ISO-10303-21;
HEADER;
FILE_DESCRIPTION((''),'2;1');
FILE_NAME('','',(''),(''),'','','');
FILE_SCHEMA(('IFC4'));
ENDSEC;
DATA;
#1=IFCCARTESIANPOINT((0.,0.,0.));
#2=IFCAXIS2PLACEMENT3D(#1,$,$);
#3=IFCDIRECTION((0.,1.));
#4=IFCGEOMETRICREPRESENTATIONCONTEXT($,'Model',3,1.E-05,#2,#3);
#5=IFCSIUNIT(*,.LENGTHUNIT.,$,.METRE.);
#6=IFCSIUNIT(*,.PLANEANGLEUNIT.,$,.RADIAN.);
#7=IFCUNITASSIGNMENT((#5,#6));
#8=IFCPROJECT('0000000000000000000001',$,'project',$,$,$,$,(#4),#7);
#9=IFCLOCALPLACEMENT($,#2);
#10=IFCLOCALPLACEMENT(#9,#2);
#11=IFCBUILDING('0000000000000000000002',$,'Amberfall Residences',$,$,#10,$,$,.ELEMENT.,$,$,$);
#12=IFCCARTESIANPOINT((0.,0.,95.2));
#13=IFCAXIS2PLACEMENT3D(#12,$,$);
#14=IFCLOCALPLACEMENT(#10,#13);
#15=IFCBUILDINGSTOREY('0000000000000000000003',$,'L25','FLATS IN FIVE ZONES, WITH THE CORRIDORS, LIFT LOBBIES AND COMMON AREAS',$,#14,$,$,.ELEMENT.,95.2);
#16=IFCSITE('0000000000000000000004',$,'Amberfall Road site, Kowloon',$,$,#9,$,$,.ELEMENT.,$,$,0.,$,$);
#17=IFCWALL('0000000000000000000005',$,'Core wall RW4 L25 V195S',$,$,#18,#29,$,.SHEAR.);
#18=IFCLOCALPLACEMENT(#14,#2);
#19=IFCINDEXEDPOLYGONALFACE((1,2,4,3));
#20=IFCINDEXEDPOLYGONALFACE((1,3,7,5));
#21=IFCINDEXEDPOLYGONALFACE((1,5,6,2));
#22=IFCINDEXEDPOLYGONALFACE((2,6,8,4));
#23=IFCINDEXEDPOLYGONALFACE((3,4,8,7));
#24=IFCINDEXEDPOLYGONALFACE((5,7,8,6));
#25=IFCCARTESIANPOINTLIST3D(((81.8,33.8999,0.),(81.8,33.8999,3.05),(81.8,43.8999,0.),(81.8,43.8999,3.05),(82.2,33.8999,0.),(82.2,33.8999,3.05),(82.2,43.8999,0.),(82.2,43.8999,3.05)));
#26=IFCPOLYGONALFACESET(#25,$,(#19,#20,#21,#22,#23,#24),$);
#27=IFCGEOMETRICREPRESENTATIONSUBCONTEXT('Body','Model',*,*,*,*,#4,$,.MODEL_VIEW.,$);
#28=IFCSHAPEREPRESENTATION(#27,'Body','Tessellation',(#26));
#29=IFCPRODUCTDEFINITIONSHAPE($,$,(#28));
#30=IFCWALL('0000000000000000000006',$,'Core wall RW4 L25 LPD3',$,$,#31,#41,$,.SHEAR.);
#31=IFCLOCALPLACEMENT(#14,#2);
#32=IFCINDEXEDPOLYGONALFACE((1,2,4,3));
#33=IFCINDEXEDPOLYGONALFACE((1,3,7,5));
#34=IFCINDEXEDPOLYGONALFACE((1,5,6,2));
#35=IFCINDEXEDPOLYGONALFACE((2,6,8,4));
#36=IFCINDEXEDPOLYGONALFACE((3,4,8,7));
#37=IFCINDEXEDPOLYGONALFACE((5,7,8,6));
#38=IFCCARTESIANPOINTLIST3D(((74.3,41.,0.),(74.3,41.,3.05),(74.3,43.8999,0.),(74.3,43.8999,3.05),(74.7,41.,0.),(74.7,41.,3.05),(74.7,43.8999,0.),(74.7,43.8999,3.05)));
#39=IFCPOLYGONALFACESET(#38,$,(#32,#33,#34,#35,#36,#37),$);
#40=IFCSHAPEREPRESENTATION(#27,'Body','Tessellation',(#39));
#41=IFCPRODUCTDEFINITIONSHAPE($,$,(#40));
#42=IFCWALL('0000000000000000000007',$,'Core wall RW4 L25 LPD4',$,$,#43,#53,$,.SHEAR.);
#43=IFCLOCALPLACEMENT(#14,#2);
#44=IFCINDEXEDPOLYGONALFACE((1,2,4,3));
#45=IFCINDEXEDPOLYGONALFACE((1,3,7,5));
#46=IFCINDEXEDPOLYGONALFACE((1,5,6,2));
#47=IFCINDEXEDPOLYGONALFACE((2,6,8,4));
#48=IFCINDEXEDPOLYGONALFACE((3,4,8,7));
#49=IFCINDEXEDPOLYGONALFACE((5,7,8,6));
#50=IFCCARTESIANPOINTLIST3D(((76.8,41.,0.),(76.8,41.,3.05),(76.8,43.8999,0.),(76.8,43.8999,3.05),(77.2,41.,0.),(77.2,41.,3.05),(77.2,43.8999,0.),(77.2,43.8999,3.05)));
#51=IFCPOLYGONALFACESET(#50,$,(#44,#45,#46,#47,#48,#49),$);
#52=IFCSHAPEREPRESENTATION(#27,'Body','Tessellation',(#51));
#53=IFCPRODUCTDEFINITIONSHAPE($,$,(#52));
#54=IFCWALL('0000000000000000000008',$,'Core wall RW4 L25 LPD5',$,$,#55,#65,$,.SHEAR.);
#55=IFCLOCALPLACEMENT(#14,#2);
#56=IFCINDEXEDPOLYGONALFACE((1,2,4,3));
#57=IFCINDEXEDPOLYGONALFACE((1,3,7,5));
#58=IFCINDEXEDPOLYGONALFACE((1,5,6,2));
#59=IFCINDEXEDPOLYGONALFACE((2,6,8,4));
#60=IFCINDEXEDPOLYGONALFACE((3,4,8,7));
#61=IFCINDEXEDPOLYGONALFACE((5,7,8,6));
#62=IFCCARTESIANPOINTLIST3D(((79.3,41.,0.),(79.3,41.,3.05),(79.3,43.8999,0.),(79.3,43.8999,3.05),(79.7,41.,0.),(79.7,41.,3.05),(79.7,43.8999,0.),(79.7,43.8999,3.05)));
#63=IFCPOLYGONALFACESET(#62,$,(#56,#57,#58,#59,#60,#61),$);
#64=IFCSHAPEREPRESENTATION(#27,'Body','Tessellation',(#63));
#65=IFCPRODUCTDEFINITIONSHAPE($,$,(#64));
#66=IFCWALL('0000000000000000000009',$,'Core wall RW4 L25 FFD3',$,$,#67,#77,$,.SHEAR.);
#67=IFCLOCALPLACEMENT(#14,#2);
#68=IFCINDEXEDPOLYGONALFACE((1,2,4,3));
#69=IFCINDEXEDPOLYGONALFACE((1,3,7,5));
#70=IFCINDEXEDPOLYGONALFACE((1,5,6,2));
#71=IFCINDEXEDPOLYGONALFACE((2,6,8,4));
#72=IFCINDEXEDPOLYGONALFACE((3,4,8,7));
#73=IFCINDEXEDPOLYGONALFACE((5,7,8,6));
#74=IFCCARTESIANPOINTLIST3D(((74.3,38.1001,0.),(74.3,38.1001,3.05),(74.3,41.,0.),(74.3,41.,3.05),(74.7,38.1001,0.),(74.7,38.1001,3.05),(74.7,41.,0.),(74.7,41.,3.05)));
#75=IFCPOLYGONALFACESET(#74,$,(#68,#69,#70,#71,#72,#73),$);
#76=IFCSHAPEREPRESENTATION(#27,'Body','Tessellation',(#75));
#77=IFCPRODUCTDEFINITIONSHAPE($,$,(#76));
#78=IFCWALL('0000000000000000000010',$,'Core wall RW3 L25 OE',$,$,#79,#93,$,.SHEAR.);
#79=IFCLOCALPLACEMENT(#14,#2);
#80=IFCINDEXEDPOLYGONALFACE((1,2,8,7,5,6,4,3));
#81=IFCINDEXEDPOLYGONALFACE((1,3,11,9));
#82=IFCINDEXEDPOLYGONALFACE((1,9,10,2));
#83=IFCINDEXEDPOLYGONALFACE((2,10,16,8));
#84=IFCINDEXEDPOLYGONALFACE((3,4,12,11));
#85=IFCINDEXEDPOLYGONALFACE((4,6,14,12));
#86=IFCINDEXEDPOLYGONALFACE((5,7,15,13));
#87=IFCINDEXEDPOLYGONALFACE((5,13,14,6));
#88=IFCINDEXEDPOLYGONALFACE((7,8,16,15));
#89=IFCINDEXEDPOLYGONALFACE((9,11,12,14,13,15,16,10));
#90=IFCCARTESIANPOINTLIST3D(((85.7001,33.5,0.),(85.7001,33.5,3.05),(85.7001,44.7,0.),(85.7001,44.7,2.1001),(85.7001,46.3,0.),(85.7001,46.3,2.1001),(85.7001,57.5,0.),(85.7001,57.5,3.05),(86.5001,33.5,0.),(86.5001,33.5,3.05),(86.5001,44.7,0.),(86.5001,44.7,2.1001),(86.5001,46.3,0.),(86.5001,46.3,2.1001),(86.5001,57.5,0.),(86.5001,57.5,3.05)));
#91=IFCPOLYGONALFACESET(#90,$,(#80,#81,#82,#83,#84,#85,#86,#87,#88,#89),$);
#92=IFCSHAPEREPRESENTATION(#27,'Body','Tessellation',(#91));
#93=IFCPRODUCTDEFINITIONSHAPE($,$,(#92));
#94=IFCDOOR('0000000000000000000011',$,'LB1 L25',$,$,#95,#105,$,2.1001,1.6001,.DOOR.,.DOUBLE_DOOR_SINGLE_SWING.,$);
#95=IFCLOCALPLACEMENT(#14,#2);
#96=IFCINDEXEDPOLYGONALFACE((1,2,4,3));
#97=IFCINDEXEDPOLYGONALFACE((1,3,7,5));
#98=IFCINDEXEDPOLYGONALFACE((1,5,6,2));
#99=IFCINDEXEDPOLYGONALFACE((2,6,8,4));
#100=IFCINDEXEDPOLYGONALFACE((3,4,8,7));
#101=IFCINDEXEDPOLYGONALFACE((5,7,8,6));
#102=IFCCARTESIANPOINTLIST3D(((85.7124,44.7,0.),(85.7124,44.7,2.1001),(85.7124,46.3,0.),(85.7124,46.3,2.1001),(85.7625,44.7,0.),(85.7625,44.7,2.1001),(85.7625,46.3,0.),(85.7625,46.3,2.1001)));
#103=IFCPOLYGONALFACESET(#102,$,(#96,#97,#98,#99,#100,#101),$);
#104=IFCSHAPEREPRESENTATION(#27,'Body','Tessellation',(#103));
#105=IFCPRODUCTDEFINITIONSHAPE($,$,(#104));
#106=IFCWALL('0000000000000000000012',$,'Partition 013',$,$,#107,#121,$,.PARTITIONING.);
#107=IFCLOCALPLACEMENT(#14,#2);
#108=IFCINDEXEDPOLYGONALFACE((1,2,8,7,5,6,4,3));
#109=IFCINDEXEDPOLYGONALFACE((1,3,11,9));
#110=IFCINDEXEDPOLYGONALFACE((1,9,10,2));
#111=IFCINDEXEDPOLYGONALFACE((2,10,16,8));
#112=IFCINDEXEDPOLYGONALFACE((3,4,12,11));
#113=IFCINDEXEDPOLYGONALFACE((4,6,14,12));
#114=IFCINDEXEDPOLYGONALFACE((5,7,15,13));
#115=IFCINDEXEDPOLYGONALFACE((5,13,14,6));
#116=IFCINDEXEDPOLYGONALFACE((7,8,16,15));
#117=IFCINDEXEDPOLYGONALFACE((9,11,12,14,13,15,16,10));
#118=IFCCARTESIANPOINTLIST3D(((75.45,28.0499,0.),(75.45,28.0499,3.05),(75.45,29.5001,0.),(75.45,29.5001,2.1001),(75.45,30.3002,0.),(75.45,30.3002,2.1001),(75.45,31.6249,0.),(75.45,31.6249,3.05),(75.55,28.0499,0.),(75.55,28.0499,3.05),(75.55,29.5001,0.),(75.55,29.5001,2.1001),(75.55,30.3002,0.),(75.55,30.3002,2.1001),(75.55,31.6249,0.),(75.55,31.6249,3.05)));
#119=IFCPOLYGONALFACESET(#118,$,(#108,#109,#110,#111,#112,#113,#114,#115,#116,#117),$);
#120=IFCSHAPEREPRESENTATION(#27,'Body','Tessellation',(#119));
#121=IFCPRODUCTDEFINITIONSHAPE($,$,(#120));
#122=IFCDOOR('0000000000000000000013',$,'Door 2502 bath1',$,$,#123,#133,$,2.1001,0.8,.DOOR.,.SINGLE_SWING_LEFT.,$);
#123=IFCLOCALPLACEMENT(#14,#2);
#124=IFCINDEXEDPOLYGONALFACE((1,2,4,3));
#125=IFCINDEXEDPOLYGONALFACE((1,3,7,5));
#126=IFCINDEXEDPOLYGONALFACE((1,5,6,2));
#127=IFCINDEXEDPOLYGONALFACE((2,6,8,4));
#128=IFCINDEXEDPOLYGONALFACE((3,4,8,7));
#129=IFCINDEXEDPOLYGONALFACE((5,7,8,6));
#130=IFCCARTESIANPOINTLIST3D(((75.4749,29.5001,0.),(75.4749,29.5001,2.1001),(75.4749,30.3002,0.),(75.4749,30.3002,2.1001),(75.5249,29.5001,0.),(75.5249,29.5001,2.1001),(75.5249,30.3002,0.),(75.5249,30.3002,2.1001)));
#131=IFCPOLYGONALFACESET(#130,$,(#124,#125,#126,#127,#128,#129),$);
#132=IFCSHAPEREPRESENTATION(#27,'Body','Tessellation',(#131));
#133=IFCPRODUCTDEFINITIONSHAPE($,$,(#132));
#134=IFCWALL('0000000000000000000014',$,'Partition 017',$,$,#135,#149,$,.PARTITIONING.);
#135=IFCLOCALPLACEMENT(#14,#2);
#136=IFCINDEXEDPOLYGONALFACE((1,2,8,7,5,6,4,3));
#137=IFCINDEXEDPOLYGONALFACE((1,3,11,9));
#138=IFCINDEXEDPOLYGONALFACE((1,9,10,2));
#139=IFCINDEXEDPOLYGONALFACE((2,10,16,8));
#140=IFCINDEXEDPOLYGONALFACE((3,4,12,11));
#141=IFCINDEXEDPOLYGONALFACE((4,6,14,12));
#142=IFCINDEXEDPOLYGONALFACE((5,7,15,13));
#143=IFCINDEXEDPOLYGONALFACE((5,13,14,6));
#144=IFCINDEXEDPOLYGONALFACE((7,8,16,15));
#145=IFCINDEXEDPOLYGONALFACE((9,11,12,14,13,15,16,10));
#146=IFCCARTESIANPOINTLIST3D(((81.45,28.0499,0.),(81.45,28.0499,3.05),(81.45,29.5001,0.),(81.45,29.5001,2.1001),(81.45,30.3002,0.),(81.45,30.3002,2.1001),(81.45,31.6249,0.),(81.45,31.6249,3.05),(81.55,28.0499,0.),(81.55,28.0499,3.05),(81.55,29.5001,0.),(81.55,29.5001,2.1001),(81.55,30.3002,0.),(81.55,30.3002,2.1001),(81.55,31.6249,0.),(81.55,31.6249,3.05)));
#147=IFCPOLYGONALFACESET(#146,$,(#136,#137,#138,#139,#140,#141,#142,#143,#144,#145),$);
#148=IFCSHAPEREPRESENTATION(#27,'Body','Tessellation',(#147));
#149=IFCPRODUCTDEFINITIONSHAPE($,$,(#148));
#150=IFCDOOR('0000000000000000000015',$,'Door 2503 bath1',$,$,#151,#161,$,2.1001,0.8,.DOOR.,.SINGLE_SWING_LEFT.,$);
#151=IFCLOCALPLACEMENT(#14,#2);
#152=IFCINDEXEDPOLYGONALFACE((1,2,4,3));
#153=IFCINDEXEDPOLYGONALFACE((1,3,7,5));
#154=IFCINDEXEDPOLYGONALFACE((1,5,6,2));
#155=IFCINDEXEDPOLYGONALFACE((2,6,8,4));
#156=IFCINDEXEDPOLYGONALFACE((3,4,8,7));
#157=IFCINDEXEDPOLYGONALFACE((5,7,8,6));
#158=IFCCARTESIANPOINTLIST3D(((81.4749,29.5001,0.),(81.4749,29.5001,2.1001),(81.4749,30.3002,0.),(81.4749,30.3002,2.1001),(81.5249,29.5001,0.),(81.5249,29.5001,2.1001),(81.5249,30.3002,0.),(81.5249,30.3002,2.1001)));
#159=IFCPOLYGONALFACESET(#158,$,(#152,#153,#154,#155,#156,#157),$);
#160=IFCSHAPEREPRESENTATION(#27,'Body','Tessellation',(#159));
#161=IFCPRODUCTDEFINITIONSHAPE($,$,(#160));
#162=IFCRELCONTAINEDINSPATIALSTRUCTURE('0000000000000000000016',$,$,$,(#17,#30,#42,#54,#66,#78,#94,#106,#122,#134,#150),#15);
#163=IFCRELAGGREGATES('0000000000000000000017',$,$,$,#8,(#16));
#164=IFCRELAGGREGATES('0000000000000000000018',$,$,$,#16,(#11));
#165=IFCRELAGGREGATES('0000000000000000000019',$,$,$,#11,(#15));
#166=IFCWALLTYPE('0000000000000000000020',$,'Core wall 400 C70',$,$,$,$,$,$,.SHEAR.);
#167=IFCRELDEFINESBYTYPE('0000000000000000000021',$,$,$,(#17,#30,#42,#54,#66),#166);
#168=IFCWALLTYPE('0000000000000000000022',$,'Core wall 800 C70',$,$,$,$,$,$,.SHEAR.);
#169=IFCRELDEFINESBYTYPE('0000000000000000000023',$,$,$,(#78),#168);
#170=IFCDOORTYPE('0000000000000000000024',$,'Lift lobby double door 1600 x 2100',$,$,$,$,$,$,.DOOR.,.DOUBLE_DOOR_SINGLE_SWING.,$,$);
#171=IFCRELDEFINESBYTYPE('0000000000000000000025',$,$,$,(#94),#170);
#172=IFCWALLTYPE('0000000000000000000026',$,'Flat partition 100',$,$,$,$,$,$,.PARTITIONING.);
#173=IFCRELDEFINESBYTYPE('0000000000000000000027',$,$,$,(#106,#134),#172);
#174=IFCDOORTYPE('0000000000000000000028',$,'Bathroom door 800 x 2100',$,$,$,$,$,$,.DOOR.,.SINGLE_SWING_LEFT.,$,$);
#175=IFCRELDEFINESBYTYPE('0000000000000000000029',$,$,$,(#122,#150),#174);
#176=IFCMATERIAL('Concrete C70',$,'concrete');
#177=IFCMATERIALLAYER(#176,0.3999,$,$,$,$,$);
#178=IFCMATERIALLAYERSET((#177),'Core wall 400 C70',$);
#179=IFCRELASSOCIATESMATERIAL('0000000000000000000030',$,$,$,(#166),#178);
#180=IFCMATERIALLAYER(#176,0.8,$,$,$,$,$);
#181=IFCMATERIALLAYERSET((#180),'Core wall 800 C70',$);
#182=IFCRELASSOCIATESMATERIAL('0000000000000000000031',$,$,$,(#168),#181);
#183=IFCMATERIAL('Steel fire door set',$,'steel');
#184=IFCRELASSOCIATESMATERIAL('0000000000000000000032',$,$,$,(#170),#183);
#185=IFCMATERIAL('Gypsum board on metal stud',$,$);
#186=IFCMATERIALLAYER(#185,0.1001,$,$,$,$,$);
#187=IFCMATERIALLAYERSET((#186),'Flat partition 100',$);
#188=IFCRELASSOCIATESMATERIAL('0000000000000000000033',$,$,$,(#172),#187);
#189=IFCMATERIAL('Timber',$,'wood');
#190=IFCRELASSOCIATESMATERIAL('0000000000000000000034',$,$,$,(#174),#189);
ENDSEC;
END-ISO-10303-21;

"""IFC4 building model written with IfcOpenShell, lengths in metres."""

from ifc_helpers import new_model, si_unit, direction, frame, frame_2d, origin, place, context, subcontext, project, spatial, rectangle, extrude, material, layer, layer_set, type_object, element, fill, save


model = new_model("IFC4")

# Units and contexts
model_context = context("Model", 3, precision=1e-05, world=origin(), true_north=direction((0.0, 1.0)))
body_context = subcontext(model_context, "Body", "Model", "MODEL_VIEW")
ifc_project = project(units=[si_unit("LENGTHUNIT", "METRE"), si_unit("PLANEANGLEUNIT", "RADIAN")], contexts=[model_context])

# Site, building, storey
site_placement = place(None, origin())
site = spatial("IfcSite", under=ifc_project, at=site_placement, Name="Amberfall Road site, Kowloon", CompositionType="ELEMENT", RefElevation=0.0)
building_placement = place(site_placement, origin())
building = spatial("IfcBuilding", under=site, at=building_placement, Name="Amberfall Residences", CompositionType="ELEMENT")
storey_placement = place(building_placement, frame((0.0, 0.0, 95.2)))
storey = spatial("IfcBuildingStorey", under=building, at=storey_placement, Name="L25", Description="FLATS IN FIVE ZONES, WITH THE CORRIDORS, LIFT LOBBIES AND COMMON AREAS", CompositionType="ELEMENT", Elevation=95.2)

# Walls
ifc_material_1 = material(Name="Concrete C70", Category="concrete")
ifc_layer_1 = layer(ifc_material_1, 0.3999)
ifc_layer_set_1 = layer_set([ifc_layer_1], Name="Core wall 400 C70")
wall_type_1 = type_object("IfcWallType", Name="Core wall 400 C70", PredefinedType="SHEAR", material=ifc_layer_set_1)
wall_1_placement = place(storey_placement, frame((82.0, 33.8999, 0.0), z_axis=(0.0, 0.0, 1.0), x_axis=(0.0, 1.0, 0.0)))
element("IfcWall", 1, at=wall_1_placement, inside=storey, type_object=wall_type_1, Name="Core wall RW4 L25 V195S", PredefinedType="SHEAR", context=body_context, shape_type="SweptSolid", body=[
    extrude(rectangle(XDim=10.0, YDim=0.3999, at=frame_2d((5.0, 0.0))), origin(), (0.0, 0.0, 1.0), 3.05),
])
for number, where, z_axis, x_axis, name in (
    (2, (74.5, 41.0, 0.0), (0.0, 0.0, 1.0), (0.0, 1.0, 0.0), "Core wall RW4 L25 LPD3"),
    (3, (77.0, 41.0, 0.0), (0.0, 0.0, 1.0), (0.0, 1.0, 0.0), "Core wall RW4 L25 LPD4"),
    (4, (79.5, 41.0, 0.0), (0.0, 0.0, 1.0), (0.0, 1.0, 0.0), "Core wall RW4 L25 LPD5"),
    (5, (74.5, 38.1001, 0.0), (0.0, 0.0, 1.0), (0.0, 1.0, 0.0), "Core wall RW4 L25 FFD3"),
):
    element("IfcWall", number, at=place(storey_placement, frame(where, z_axis=z_axis, x_axis=x_axis)), inside=storey, type_object=wall_type_1, Name=name, PredefinedType="SHEAR", context=body_context, shape_type="SweptSolid", body=[
        extrude(rectangle(XDim=2.8999, YDim=0.3999, at=frame_2d((1.45, 0.0))), origin(), (0.0, 0.0, 1.0), 3.05),
    ])

# Walls, openings, doors
ifc_layer_2 = layer(ifc_material_1, 0.8)
ifc_layer_set_2 = layer_set([ifc_layer_2], Name="Core wall 800 C70")
wall_type_2 = type_object("IfcWallType", Name="Core wall 800 C70", PredefinedType="SHEAR", material=ifc_layer_set_2)
wall_2_placement = place(storey_placement, frame((86.1001, 33.5, 0.0), z_axis=(0.0, 0.0, 1.0), x_axis=(0.0, 1.0, 0.0)))
wall_2 = element("IfcWall", 6, at=wall_2_placement, inside=storey, type_object=wall_type_2, Name="Core wall RW3 L25 OE", PredefinedType="SHEAR", context=body_context, shape_type="SweptSolid", body=[
    extrude(rectangle(XDim=24.0, YDim=0.8, at=frame_2d((12.0, 0.0))), origin(), (0.0, 0.0, 1.0), 3.05),
])
opening_1_placement = place(wall_2_placement, frame((11.2, 0.0, 0.0)))
opening_1 = element("IfcOpeningElement", 7, at=opening_1_placement, cuts=wall_2, PredefinedType="OPENING", context=body_context, shape_type="SweptSolid", body=[
    extrude(rectangle(XDim=1.6001, YDim=2.1001, at=frame_2d((0.8, 1.05))), frame((0.0, 0.4099, 0.0), z_axis=(0.0, -1.0, 0.0), x_axis=(1.0, 0.0, 0.0)), (0.0, 0.0, 1.0), 0.8201),
])
ifc_material_2 = material(Name="Steel fire door set", Category="steel")
door_type_1 = type_object("IfcDoorType", Name="Lift lobby double door 1600 x 2100", OperationType="DOUBLE_DOOR_SINGLE_SWING", PredefinedType="DOOR", material=ifc_material_2)
door_1_placement = place(opening_1_placement, origin())
door_1 = element("IfcDoor", 8, at=door_1_placement, inside=storey, type_object=door_type_1, Name="LB1 L25", OperationType="DOUBLE_DOOR_SINGLE_SWING", OverallHeight=2.1001, OverallWidth=1.6001, PredefinedType="DOOR", context=body_context, shape_type="SweptSolid", body=[
    extrude(rectangle(XDim=1.6001, YDim=2.1001, at=frame_2d((0.8, 1.05))), frame((0.0, 0.3877, 0.0), z_axis=(0.0, -1.0, 0.0), x_axis=(1.0, 0.0, 0.0)), (0.0, 0.0, 1.0), 0.05),
])
fill(opening_1, door_1)
ifc_material_3 = material(Name="Gypsum board on metal stud")
ifc_layer_3 = layer(ifc_material_3, 0.1001)
ifc_layer_set_3 = layer_set([ifc_layer_3], Name="Flat partition 100")
wall_type_3 = type_object("IfcWallType", Name="Flat partition 100", PredefinedType="PARTITIONING", material=ifc_layer_set_3)
wall_3_placement = place(storey_placement, frame((75.5, 31.625, 0.0), z_axis=(0.0, 0.0, 1.0), x_axis=(0.0, -1.0, 0.0)))
wall_3 = element("IfcWall", 9, at=wall_3_placement, inside=storey, type_object=wall_type_3, Name="Partition 013", PredefinedType="PARTITIONING", context=body_context, shape_type="SweptSolid", body=[
    extrude(rectangle(XDim=3.575, YDim=0.1001, at=frame_2d((1.7876, 0.0))), origin(), (0.0, 0.0, 1.0), 3.05),
])
opening_2_placement = place(wall_3_placement, frame((1.325, 0.0, 0.0)))
opening_2 = element("IfcOpeningElement", 10, at=opening_2_placement, cuts=wall_3, PredefinedType="OPENING", context=body_context, shape_type="SweptSolid", body=[
    extrude(rectangle(XDim=0.8, YDim=2.1001, at=frame_2d((0.3999, 1.05))), frame((0.0, 0.0601, 0.0), z_axis=(0.0, -1.0, 0.0), x_axis=(1.0, 0.0, 0.0)), (0.0, 0.0, 1.0), 0.1201),
])
ifc_material_4 = material(Name="Timber", Category="wood")
door_type_2 = type_object("IfcDoorType", Name="Bathroom door 800 x 2100", OperationType="SINGLE_SWING_LEFT", PredefinedType="DOOR", material=ifc_material_4)
door_2_placement = place(opening_2_placement, origin())
door_2 = element("IfcDoor", 11, at=door_2_placement, inside=storey, type_object=door_type_2, Name="Door 2502 bath1", OperationType="SINGLE_SWING_LEFT", OverallHeight=2.1001, OverallWidth=0.8, PredefinedType="DOOR", context=body_context, shape_type="SweptSolid", body=[
    extrude(rectangle(XDim=0.8, YDim=2.1001, at=frame_2d((0.3999, 1.05))), frame((0.0, 0.0249, 0.0), z_axis=(0.0, -1.0, 0.0), x_axis=(1.0, 0.0, 0.0)), (0.0, 0.0, 1.0), 0.05),
])
fill(opening_2, door_2)
wall_4_placement = place(storey_placement, frame((81.5, 31.625, 0.0), z_axis=(0.0, 0.0, 1.0), x_axis=(0.0, -1.0, 0.0)))
wall_4 = element("IfcWall", 12, at=wall_4_placement, inside=storey, type_object=wall_type_3, Name="Partition 017", PredefinedType="PARTITIONING", context=body_context, shape_type="SweptSolid", body=[
    extrude(rectangle(XDim=3.575, YDim=0.1001, at=frame_2d((1.7876, 0.0))), origin(), (0.0, 0.0, 1.0), 3.05),
])
opening_3_placement = place(wall_4_placement, frame((1.325, 0.0, 0.0)))
opening_3 = element("IfcOpeningElement", 13, at=opening_3_placement, cuts=wall_4, PredefinedType="OPENING", context=body_context, shape_type="SweptSolid", body=[
    extrude(rectangle(XDim=0.8, YDim=2.1001, at=frame_2d((0.3999, 1.05))), frame((0.0, 0.0601, 0.0), z_axis=(0.0, -1.0, 0.0), x_axis=(1.0, 0.0, 0.0)), (0.0, 0.0, 1.0), 0.1201),
])
door_3_placement = place(opening_3_placement, origin())
door_3 = element("IfcDoor", 14, at=door_3_placement, inside=storey, type_object=door_type_2, Name="Door 2503 bath1", OperationType="SINGLE_SWING_LEFT", OverallHeight=2.1001, OverallWidth=0.8, PredefinedType="DOOR", context=body_context, shape_type="SweptSolid", body=[
    extrude(rectangle(XDim=0.8, YDim=2.1001, at=frame_2d((0.3999, 1.05))), frame((0.0, 0.0249, 0.0), z_axis=(0.0, -1.0, 0.0), x_axis=(1.0, 0.0, 0.0)), (0.0, 0.0, 1.0), 0.05),
])
fill(opening_3, door_3)

save(model, "model.ifc")
